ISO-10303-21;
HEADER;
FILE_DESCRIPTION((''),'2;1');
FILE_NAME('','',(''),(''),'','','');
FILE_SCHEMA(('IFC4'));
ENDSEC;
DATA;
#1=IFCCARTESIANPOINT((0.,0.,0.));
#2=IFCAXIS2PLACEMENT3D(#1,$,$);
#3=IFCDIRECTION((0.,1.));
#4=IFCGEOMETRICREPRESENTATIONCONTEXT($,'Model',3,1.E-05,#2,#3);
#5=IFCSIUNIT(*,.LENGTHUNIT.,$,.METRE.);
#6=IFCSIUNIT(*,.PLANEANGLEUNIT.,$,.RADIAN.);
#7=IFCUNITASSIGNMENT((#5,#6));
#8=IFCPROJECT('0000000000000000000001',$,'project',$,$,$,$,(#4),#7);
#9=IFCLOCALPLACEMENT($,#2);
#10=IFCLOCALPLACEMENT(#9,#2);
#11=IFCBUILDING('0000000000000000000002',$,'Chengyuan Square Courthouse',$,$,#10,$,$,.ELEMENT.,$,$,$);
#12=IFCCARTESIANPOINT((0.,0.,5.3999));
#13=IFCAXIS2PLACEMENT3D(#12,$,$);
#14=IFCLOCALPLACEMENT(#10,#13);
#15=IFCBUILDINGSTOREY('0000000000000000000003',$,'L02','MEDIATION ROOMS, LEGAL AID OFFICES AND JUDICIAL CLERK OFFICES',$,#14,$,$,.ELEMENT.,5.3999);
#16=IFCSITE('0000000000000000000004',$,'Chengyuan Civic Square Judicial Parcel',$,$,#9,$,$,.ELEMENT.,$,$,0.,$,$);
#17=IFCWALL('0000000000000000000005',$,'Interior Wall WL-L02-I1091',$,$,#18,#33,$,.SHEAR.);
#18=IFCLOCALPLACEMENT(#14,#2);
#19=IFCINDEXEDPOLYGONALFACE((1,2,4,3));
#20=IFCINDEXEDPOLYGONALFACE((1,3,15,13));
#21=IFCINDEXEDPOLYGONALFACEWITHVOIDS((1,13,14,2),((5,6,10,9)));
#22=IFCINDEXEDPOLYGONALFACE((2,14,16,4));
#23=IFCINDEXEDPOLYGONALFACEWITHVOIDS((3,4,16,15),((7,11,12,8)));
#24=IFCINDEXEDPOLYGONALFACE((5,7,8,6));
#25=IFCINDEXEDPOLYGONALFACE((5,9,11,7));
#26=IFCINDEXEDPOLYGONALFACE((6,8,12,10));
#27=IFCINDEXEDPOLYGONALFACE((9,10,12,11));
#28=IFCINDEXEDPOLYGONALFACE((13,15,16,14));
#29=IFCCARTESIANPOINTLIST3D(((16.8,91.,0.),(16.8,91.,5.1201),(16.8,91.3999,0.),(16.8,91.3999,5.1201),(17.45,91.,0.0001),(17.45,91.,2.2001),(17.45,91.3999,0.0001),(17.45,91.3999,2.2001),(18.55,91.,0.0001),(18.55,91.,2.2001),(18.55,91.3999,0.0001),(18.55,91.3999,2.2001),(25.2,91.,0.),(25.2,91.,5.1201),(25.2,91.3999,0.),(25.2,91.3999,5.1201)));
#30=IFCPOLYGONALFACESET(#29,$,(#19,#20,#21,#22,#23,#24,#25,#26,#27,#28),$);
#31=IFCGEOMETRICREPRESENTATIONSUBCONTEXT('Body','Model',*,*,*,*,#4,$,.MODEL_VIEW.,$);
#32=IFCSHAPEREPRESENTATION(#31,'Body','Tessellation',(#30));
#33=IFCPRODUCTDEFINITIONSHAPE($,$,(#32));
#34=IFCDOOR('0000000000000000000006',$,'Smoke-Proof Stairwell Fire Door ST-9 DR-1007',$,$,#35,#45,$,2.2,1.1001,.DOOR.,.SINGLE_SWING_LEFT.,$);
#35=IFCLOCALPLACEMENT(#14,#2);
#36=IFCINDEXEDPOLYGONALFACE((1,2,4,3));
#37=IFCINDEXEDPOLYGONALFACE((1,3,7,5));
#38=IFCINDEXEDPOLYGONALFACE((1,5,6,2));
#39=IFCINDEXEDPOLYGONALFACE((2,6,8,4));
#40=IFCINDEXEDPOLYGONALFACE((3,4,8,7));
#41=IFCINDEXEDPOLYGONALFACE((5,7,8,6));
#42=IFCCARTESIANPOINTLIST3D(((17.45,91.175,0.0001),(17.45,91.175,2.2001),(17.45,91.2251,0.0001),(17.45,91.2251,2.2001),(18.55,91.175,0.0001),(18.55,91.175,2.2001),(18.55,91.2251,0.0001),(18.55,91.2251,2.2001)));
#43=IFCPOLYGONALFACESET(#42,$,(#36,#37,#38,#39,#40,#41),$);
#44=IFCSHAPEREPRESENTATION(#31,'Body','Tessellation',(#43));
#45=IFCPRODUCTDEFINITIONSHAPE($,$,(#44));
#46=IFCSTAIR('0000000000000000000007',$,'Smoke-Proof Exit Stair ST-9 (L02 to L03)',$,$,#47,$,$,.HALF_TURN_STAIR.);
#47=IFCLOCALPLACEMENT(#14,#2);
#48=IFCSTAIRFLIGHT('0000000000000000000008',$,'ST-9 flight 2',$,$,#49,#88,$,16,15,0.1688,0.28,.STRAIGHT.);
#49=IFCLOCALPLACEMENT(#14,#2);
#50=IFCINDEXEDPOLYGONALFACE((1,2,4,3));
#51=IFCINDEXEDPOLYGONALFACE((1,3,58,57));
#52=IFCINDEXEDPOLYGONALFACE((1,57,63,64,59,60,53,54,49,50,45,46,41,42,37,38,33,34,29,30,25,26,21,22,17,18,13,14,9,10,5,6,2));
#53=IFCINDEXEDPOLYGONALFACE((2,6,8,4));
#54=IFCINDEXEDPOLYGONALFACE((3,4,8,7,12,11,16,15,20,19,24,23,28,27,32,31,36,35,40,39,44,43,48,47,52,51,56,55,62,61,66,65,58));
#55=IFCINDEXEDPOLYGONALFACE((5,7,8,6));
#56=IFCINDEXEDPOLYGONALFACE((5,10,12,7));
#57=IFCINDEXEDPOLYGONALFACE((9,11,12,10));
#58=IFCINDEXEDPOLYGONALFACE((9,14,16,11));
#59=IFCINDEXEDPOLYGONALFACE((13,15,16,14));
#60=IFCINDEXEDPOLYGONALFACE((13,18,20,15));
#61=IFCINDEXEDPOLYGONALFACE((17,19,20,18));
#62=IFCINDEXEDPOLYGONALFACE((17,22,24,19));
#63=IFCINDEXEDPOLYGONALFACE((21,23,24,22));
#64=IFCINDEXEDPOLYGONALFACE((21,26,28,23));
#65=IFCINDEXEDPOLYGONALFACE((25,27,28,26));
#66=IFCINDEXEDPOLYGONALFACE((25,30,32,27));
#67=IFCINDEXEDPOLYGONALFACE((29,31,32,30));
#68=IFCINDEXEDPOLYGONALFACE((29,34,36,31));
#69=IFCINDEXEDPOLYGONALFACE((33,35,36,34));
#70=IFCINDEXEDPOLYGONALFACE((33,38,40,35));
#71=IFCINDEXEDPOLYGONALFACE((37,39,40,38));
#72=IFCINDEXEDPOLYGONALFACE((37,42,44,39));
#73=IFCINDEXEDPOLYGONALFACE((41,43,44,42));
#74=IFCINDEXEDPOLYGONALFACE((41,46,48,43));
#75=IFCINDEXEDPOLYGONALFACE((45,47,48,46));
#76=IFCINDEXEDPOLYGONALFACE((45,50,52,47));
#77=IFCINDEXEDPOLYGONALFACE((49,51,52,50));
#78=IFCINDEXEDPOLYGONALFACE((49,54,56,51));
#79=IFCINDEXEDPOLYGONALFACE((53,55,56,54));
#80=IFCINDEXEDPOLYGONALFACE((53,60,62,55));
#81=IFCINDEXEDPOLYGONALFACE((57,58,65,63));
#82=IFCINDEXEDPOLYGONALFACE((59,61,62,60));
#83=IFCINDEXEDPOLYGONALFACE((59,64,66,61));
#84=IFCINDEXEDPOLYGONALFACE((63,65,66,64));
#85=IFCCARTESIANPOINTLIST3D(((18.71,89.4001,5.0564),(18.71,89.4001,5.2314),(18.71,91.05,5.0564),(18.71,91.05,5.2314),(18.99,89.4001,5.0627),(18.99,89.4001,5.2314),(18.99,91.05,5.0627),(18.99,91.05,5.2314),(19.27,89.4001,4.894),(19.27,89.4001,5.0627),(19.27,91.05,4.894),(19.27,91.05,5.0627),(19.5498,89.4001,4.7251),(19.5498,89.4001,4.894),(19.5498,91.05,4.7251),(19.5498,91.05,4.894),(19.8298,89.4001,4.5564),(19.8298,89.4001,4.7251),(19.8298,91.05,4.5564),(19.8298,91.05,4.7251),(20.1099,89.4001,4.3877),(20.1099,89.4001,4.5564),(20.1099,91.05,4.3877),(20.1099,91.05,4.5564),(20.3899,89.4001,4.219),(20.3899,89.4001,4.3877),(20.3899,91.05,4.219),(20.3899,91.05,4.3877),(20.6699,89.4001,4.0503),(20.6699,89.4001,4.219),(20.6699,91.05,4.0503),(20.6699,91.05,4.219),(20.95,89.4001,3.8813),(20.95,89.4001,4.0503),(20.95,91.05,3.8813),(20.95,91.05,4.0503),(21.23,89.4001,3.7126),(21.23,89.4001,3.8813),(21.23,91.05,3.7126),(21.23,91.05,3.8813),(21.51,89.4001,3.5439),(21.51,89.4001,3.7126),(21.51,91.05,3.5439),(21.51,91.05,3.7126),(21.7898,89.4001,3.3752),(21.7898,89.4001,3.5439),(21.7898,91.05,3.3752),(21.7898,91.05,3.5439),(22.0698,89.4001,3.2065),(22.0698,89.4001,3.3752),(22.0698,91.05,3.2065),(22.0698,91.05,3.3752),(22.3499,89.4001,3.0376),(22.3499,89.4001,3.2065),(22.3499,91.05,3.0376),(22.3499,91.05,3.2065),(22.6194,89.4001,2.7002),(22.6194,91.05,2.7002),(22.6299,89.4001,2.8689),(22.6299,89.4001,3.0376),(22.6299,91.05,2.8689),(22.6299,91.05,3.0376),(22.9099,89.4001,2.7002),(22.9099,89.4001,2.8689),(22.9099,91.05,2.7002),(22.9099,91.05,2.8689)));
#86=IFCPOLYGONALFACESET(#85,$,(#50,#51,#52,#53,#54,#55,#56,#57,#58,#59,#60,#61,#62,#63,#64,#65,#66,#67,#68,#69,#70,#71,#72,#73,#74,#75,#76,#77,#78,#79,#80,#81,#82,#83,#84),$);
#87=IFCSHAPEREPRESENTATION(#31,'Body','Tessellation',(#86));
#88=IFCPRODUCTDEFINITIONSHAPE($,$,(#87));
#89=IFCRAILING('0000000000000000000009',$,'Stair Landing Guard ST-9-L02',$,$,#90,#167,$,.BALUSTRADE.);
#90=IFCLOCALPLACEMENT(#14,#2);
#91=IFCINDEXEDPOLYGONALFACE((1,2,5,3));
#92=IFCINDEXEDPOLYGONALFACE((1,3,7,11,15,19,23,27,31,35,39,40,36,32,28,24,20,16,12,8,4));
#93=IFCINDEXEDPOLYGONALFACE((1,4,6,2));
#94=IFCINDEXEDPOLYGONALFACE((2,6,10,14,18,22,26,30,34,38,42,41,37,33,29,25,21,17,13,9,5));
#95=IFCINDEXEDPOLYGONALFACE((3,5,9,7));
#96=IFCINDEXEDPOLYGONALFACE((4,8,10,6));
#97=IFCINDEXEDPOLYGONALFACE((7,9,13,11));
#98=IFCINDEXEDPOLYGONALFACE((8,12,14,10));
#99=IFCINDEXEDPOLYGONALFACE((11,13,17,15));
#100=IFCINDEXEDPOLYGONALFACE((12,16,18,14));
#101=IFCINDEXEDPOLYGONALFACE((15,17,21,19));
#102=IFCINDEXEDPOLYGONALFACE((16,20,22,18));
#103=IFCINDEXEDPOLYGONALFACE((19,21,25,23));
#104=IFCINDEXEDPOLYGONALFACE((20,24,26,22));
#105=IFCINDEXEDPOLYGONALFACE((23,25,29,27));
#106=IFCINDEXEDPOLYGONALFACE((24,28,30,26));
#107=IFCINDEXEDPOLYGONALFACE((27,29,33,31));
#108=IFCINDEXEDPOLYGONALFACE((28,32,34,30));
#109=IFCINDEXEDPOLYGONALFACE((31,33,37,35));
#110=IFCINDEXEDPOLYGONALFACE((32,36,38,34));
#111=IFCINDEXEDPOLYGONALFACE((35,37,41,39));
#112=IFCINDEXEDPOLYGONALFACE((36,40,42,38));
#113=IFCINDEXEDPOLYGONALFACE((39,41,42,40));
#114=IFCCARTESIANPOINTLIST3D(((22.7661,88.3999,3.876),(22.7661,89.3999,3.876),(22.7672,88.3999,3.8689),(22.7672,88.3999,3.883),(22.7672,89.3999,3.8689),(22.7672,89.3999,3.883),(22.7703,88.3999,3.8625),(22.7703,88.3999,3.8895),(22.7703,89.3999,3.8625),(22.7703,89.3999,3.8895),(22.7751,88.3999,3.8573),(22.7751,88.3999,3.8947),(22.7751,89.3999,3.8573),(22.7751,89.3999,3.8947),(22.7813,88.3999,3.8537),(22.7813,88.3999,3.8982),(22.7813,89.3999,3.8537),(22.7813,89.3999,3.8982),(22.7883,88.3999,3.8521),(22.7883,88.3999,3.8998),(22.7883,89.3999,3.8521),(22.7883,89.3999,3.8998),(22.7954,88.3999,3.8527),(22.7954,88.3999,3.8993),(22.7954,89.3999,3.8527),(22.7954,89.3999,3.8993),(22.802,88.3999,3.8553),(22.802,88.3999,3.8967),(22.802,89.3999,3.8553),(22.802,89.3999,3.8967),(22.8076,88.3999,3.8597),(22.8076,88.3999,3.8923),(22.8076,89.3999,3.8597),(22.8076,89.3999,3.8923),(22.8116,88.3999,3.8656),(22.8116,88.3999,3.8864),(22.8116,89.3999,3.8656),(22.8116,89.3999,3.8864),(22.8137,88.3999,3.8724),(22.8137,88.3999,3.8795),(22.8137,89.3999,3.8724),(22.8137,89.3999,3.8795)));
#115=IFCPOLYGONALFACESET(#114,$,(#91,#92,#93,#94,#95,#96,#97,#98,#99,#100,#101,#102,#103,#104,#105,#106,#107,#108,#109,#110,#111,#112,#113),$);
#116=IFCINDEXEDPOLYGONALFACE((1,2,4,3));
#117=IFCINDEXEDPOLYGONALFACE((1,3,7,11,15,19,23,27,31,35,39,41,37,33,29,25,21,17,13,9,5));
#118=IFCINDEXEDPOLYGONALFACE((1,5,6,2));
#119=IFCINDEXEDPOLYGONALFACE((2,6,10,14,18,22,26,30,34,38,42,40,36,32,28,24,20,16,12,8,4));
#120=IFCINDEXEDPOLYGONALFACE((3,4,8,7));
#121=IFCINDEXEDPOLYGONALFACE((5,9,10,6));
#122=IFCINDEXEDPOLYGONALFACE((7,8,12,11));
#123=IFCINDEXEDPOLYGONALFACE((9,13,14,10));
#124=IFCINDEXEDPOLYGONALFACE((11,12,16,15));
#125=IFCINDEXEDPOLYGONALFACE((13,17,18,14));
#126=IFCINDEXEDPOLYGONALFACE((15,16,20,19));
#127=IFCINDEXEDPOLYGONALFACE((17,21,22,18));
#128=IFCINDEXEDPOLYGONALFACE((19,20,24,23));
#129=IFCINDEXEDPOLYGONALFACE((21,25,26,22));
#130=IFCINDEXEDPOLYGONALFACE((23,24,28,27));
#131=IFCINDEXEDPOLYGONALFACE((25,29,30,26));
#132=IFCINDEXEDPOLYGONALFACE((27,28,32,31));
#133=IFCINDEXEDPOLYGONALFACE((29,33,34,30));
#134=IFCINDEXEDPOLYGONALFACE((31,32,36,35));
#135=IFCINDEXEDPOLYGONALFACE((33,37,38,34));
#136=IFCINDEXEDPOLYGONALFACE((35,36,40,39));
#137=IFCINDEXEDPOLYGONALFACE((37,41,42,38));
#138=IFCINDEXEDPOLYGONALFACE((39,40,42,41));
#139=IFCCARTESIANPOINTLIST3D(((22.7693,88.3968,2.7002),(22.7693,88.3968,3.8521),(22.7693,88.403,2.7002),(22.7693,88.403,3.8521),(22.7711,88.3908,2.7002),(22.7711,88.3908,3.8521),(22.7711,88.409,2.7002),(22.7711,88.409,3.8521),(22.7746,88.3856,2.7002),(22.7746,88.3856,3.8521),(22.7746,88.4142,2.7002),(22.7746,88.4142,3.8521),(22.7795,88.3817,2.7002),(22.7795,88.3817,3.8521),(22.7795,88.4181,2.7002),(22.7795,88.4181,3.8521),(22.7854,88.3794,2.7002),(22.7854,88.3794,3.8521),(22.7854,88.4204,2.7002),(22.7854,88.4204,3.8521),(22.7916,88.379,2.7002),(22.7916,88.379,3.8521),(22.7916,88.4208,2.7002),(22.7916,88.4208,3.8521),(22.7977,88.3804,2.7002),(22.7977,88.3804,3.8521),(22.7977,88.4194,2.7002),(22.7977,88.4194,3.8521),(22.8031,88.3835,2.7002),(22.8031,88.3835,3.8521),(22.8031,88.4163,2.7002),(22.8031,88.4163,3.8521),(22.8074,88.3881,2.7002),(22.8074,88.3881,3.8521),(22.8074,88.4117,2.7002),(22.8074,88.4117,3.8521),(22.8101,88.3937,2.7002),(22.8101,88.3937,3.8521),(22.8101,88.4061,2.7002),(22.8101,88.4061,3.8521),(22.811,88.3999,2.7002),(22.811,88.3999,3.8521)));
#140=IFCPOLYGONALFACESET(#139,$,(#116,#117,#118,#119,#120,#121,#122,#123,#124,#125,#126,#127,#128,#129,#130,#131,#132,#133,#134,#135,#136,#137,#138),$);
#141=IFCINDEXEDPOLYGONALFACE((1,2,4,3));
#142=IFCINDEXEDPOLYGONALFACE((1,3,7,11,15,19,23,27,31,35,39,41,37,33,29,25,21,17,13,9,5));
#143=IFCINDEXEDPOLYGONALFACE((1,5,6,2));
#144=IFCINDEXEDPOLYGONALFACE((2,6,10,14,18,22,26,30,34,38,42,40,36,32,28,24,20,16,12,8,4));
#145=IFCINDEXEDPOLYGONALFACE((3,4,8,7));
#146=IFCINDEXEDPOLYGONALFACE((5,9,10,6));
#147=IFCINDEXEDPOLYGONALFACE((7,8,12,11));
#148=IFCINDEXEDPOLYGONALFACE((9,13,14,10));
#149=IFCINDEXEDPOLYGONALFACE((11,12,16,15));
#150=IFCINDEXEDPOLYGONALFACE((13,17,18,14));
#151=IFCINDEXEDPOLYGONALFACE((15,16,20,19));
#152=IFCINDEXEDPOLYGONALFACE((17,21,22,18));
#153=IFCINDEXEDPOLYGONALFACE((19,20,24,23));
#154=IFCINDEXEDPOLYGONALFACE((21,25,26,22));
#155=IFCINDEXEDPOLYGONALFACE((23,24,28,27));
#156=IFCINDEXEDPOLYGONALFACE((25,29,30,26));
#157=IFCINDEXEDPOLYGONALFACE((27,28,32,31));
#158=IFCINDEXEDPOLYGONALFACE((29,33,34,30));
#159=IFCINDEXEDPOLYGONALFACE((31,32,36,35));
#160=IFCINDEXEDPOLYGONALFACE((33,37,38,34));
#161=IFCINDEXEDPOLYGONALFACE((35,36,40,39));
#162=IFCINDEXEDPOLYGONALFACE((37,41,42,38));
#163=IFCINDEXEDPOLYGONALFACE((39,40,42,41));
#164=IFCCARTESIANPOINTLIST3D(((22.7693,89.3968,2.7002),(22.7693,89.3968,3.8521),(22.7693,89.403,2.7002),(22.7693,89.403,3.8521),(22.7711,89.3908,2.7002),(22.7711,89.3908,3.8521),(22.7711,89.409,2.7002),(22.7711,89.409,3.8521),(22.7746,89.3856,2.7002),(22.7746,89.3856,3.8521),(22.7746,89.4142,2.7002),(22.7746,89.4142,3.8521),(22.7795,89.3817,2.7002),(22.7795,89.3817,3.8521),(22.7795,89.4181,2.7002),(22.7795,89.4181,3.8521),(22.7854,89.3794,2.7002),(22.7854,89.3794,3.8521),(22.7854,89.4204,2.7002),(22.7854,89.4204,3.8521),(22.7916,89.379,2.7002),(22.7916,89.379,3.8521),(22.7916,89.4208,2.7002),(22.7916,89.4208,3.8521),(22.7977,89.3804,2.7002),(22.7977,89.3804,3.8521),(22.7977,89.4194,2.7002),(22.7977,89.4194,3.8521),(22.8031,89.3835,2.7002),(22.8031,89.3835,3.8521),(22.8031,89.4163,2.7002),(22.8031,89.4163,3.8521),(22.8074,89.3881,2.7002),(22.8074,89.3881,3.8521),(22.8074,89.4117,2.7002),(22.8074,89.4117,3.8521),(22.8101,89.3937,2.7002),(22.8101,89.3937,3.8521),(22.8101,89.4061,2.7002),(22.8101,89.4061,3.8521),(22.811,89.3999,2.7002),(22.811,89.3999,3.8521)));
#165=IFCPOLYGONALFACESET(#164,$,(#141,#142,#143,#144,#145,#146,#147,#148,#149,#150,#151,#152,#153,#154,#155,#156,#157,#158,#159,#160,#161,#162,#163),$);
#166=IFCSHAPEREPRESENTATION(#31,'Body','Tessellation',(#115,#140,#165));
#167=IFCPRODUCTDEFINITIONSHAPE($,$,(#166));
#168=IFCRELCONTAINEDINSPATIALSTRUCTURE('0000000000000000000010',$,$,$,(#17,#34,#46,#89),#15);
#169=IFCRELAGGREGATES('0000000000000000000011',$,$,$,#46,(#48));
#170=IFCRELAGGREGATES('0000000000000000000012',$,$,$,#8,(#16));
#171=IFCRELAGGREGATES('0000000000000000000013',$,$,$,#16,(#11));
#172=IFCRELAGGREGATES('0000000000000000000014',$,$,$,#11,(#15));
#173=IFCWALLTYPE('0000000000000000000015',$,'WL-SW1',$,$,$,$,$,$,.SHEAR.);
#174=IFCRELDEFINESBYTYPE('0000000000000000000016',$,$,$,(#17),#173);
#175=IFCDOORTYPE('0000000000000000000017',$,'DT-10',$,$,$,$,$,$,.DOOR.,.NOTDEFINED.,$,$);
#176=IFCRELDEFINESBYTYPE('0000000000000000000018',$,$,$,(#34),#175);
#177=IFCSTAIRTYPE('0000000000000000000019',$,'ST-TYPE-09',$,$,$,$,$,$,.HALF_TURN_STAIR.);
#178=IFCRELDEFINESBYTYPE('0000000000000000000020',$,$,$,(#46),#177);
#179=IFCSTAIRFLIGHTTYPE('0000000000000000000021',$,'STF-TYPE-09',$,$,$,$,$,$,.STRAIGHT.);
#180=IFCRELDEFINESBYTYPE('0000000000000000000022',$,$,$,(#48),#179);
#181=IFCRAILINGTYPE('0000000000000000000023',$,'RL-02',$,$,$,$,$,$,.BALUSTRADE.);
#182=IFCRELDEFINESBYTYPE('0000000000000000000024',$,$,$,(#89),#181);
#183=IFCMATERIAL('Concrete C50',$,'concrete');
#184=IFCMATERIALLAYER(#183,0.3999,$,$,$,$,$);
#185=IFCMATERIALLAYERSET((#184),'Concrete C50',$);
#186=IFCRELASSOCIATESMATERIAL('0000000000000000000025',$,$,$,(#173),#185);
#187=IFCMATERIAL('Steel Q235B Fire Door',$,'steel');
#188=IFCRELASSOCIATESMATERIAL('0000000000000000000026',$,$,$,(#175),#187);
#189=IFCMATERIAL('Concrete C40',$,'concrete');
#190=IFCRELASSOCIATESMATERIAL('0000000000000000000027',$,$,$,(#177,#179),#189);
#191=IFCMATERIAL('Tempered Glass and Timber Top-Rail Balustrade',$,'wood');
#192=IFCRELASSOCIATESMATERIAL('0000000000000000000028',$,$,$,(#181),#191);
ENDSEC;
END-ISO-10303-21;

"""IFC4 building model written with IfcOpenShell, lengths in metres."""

from ifc_helpers import new_model, si_unit, direction, frame, frame_2d, origin, origin_2d, place, context, subcontext, project, spatial, polyline, rectangle, circle, outline, extrude, material, layer, layer_set, type_object, element, fill, aggregate, save


model = new_model("IFC4")

# Units and contexts
model_context = context("Model", 3, precision=1e-05, world=origin(), true_north=direction((0.0, 1.0)))
body_context = subcontext(model_context, "Body", "Model", "MODEL_VIEW")
ifc_project = project(units=[si_unit("LENGTHUNIT", "METRE"), si_unit("PLANEANGLEUNIT", "RADIAN")], contexts=[model_context])

# Site, building, storey
site_placement = place(None, origin())
site = spatial("IfcSite", under=ifc_project, at=site_placement, Name="Chengyuan Civic Square Judicial Parcel", CompositionType="ELEMENT", RefElevation=0.0)
building_placement = place(site_placement, origin())
building = spatial("IfcBuilding", under=site, at=building_placement, Name="Chengyuan Square Courthouse", CompositionType="ELEMENT")
storey_placement = place(building_placement, frame((0.0, 0.0, 5.3999)))
storey = spatial("IfcBuildingStorey", under=building, at=storey_placement, Name="L02", Description="MEDIATION ROOMS, LEGAL AID OFFICES AND JUDICIAL CLERK OFFICES", CompositionType="ELEMENT", Elevation=5.3999)

# Shared definitions
ifc_material_1 = material(Name="Concrete C50", Category="concrete")

# Shared definitions
ifc_material_2 = material(Name="Concrete C40", Category="concrete")

# Shared definitions
ifc_material_3 = material(Name="Steel Q235B Fire Door", Category="steel")

# Wall, opening, door
ifc_layer_1 = layer(ifc_material_1, 0.3999)
ifc_layer_set_1 = layer_set([ifc_layer_1], Name="Concrete C50")
wall_type_1 = type_object("IfcWallType", Name="WL-SW1", PredefinedType="SHEAR", material=ifc_layer_set_1)
wall_1_placement = place(storey_placement, frame((16.8, 91.2, 0.0), z_axis=(0.0, 0.0, 1.0), x_axis=(1.0, 0.0, 0.0)))
wall_1 = element("IfcWall", 1, at=wall_1_placement, inside=storey, type_object=wall_type_1, Name="Interior Wall WL-L02-I1091", PredefinedType="SHEAR", context=body_context, shape_type="SweptSolid", body=[
    extrude(rectangle(XDim=8.3999, YDim=0.3999, at=frame_2d((4.2, 0.0))), origin(), (0.0, 0.0, 1.0), 5.1201),
])
opening_1_placement = place(wall_1_placement, frame((0.6499, 0.0, 0.0)))
opening_1 = element("IfcOpeningElement", 2, at=opening_1_placement, cuts=wall_1, PredefinedType="OPENING", context=body_context, shape_type="SweptSolid", body=[
    extrude(rectangle(XDim=1.1001, YDim=2.2, at=frame_2d((0.55, 1.1001))), frame((0.0, 0.2119, 0.0), z_axis=(0.0, -1.0, 0.0), x_axis=(1.0, 0.0, 0.0)), (0.0, 0.0, 1.0), 0.4238),
])
door_type_1 = type_object("IfcDoorType", Name="DT-10", OperationType="NOTDEFINED", PredefinedType="DOOR", material=ifc_material_3)
door_1_placement = place(opening_1_placement, frame((1.1001, 0.0, 0.0), z_axis=(0.0, 0.0, 1.0), x_axis=(-1.0, 0.0, 0.0)))
door_1 = element("IfcDoor", 3, at=door_1_placement, inside=storey, type_object=door_type_1, Name="Smoke-Proof Stairwell Fire Door ST-9 DR-1007", OperationType="SINGLE_SWING_LEFT", OverallHeight=2.2, OverallWidth=1.1001, PredefinedType="DOOR", context=body_context, shape_type="SweptSolid", body=[
    extrude(rectangle(XDim=1.1001, YDim=2.2, at=frame_2d((0.55, 1.1001))), frame((0.0, 0.0249, 0.0), z_axis=(0.0, -1.0, 0.0), x_axis=(1.0, 0.0, 0.0)), (0.0, 0.0, 1.0), 0.05),
])
fill(opening_1, door_1)

# Stair, stair flight
stair_type = type_object("IfcStairType", Name="ST-TYPE-09", PredefinedType="HALF_TURN_STAIR", material=ifc_material_2)
stair_placement = place(storey_placement, origin())
stair = element("IfcStair", 4, at=stair_placement, inside=storey, type_object=stair_type, Name="Smoke-Proof Exit Stair ST-9 (L02 to L03)", PredefinedType="HALF_TURN_STAIR")
stair_flight_type = type_object("IfcStairFlightType", Name="STF-TYPE-09", PredefinedType="STRAIGHT", material=ifc_material_2)
stair_flight_placement = place(storey_placement, frame((22.9099, 90.2251, 2.7002), z_axis=(0.0, 0.0, 1.0), x_axis=(-1.0, 0.0, 0.0)))
stair_flight = element("IfcStairFlight", 5, at=stair_flight_placement, type_object=stair_flight_type, Name="ST-9 flight 2", NumberOfRisers=16, NumberOfTreads=15, PredefinedType="STRAIGHT", RiserHeight=0.1688, TreadLength=0.28, context=body_context, shape_type="SweptSolid", body=[
    extrude(outline(polyline([(0.0, 0.0), (0.0, 0.1687), (0.28, 0.1687), (0.28, 0.3374), (0.5601, 0.3374), (0.5601, 0.5063), (0.8401, 0.5063), (0.8401, 0.675), (1.1201, 0.675), (1.1201, 0.8438), (1.3999, 0.8438), (1.3999, 1.0125), (1.6799, 1.0125), (1.6799, 1.1812), (1.96, 1.1812), (1.96, 1.3501), (2.24, 1.3501), (2.24, 1.5188), (2.52, 1.5188), (2.52, 1.6875), (2.8, 1.6875), (2.8, 1.8562), (3.0801, 1.8562), (3.0801, 2.0249), (3.3601, 2.0249), (3.3601, 2.1938), (3.6399, 2.1938), (3.6399, 2.3625), (3.9199, 2.3625), (3.9199, 2.5312), (4.2, 2.5312), (4.2, 2.7), (4.2, 2.3562), (0.2905, 0.0), (0.0, 0.0)])), frame((0.0, 0.825, 0.0), z_axis=(0.0, -1.0, 0.0), x_axis=(1.0, 0.0, 0.0)), (0.0, 0.0, 1.0), 1.6499),
])
aggregate(stair, [stair_flight])

# Railing
ifc_material_4 = material(Name="Tempered Glass and Timber Top-Rail Balustrade", Category="wood")
railing_type_1 = type_object("IfcRailingType", Name="RL-02", PredefinedType="BALUSTRADE", material=ifc_material_4)
railing_1_placement = place(storey_placement, frame((22.79, 88.3999, 2.7002)))
element("IfcRailing", 6, at=railing_1_placement, inside=storey, type_object=railing_type_1, Name="Stair Landing Guard ST-9-L02", PredefinedType="BALUSTRADE", context=body_context, shape_type="SweptSolid", body=[
    extrude(circle(Radius=0.0239, at=origin_2d()), frame((0.0, 0.0, 1.1758), z_axis=(0.0, 1.0, 0.0), x_axis=(-1.0, 0.0, 0.0)), (0.0, 0.0, 1.0), 1.0),
    extrude(circle(Radius=0.021, at=origin_2d()), origin(), (0.0, 0.0, 1.0), 1.1519),
    extrude(circle(Radius=0.021, at=origin_2d()), frame((0.0, 1.0, 0.0)), (0.0, 0.0, 1.0), 1.1519),
])

save(model, "model.ifc")
